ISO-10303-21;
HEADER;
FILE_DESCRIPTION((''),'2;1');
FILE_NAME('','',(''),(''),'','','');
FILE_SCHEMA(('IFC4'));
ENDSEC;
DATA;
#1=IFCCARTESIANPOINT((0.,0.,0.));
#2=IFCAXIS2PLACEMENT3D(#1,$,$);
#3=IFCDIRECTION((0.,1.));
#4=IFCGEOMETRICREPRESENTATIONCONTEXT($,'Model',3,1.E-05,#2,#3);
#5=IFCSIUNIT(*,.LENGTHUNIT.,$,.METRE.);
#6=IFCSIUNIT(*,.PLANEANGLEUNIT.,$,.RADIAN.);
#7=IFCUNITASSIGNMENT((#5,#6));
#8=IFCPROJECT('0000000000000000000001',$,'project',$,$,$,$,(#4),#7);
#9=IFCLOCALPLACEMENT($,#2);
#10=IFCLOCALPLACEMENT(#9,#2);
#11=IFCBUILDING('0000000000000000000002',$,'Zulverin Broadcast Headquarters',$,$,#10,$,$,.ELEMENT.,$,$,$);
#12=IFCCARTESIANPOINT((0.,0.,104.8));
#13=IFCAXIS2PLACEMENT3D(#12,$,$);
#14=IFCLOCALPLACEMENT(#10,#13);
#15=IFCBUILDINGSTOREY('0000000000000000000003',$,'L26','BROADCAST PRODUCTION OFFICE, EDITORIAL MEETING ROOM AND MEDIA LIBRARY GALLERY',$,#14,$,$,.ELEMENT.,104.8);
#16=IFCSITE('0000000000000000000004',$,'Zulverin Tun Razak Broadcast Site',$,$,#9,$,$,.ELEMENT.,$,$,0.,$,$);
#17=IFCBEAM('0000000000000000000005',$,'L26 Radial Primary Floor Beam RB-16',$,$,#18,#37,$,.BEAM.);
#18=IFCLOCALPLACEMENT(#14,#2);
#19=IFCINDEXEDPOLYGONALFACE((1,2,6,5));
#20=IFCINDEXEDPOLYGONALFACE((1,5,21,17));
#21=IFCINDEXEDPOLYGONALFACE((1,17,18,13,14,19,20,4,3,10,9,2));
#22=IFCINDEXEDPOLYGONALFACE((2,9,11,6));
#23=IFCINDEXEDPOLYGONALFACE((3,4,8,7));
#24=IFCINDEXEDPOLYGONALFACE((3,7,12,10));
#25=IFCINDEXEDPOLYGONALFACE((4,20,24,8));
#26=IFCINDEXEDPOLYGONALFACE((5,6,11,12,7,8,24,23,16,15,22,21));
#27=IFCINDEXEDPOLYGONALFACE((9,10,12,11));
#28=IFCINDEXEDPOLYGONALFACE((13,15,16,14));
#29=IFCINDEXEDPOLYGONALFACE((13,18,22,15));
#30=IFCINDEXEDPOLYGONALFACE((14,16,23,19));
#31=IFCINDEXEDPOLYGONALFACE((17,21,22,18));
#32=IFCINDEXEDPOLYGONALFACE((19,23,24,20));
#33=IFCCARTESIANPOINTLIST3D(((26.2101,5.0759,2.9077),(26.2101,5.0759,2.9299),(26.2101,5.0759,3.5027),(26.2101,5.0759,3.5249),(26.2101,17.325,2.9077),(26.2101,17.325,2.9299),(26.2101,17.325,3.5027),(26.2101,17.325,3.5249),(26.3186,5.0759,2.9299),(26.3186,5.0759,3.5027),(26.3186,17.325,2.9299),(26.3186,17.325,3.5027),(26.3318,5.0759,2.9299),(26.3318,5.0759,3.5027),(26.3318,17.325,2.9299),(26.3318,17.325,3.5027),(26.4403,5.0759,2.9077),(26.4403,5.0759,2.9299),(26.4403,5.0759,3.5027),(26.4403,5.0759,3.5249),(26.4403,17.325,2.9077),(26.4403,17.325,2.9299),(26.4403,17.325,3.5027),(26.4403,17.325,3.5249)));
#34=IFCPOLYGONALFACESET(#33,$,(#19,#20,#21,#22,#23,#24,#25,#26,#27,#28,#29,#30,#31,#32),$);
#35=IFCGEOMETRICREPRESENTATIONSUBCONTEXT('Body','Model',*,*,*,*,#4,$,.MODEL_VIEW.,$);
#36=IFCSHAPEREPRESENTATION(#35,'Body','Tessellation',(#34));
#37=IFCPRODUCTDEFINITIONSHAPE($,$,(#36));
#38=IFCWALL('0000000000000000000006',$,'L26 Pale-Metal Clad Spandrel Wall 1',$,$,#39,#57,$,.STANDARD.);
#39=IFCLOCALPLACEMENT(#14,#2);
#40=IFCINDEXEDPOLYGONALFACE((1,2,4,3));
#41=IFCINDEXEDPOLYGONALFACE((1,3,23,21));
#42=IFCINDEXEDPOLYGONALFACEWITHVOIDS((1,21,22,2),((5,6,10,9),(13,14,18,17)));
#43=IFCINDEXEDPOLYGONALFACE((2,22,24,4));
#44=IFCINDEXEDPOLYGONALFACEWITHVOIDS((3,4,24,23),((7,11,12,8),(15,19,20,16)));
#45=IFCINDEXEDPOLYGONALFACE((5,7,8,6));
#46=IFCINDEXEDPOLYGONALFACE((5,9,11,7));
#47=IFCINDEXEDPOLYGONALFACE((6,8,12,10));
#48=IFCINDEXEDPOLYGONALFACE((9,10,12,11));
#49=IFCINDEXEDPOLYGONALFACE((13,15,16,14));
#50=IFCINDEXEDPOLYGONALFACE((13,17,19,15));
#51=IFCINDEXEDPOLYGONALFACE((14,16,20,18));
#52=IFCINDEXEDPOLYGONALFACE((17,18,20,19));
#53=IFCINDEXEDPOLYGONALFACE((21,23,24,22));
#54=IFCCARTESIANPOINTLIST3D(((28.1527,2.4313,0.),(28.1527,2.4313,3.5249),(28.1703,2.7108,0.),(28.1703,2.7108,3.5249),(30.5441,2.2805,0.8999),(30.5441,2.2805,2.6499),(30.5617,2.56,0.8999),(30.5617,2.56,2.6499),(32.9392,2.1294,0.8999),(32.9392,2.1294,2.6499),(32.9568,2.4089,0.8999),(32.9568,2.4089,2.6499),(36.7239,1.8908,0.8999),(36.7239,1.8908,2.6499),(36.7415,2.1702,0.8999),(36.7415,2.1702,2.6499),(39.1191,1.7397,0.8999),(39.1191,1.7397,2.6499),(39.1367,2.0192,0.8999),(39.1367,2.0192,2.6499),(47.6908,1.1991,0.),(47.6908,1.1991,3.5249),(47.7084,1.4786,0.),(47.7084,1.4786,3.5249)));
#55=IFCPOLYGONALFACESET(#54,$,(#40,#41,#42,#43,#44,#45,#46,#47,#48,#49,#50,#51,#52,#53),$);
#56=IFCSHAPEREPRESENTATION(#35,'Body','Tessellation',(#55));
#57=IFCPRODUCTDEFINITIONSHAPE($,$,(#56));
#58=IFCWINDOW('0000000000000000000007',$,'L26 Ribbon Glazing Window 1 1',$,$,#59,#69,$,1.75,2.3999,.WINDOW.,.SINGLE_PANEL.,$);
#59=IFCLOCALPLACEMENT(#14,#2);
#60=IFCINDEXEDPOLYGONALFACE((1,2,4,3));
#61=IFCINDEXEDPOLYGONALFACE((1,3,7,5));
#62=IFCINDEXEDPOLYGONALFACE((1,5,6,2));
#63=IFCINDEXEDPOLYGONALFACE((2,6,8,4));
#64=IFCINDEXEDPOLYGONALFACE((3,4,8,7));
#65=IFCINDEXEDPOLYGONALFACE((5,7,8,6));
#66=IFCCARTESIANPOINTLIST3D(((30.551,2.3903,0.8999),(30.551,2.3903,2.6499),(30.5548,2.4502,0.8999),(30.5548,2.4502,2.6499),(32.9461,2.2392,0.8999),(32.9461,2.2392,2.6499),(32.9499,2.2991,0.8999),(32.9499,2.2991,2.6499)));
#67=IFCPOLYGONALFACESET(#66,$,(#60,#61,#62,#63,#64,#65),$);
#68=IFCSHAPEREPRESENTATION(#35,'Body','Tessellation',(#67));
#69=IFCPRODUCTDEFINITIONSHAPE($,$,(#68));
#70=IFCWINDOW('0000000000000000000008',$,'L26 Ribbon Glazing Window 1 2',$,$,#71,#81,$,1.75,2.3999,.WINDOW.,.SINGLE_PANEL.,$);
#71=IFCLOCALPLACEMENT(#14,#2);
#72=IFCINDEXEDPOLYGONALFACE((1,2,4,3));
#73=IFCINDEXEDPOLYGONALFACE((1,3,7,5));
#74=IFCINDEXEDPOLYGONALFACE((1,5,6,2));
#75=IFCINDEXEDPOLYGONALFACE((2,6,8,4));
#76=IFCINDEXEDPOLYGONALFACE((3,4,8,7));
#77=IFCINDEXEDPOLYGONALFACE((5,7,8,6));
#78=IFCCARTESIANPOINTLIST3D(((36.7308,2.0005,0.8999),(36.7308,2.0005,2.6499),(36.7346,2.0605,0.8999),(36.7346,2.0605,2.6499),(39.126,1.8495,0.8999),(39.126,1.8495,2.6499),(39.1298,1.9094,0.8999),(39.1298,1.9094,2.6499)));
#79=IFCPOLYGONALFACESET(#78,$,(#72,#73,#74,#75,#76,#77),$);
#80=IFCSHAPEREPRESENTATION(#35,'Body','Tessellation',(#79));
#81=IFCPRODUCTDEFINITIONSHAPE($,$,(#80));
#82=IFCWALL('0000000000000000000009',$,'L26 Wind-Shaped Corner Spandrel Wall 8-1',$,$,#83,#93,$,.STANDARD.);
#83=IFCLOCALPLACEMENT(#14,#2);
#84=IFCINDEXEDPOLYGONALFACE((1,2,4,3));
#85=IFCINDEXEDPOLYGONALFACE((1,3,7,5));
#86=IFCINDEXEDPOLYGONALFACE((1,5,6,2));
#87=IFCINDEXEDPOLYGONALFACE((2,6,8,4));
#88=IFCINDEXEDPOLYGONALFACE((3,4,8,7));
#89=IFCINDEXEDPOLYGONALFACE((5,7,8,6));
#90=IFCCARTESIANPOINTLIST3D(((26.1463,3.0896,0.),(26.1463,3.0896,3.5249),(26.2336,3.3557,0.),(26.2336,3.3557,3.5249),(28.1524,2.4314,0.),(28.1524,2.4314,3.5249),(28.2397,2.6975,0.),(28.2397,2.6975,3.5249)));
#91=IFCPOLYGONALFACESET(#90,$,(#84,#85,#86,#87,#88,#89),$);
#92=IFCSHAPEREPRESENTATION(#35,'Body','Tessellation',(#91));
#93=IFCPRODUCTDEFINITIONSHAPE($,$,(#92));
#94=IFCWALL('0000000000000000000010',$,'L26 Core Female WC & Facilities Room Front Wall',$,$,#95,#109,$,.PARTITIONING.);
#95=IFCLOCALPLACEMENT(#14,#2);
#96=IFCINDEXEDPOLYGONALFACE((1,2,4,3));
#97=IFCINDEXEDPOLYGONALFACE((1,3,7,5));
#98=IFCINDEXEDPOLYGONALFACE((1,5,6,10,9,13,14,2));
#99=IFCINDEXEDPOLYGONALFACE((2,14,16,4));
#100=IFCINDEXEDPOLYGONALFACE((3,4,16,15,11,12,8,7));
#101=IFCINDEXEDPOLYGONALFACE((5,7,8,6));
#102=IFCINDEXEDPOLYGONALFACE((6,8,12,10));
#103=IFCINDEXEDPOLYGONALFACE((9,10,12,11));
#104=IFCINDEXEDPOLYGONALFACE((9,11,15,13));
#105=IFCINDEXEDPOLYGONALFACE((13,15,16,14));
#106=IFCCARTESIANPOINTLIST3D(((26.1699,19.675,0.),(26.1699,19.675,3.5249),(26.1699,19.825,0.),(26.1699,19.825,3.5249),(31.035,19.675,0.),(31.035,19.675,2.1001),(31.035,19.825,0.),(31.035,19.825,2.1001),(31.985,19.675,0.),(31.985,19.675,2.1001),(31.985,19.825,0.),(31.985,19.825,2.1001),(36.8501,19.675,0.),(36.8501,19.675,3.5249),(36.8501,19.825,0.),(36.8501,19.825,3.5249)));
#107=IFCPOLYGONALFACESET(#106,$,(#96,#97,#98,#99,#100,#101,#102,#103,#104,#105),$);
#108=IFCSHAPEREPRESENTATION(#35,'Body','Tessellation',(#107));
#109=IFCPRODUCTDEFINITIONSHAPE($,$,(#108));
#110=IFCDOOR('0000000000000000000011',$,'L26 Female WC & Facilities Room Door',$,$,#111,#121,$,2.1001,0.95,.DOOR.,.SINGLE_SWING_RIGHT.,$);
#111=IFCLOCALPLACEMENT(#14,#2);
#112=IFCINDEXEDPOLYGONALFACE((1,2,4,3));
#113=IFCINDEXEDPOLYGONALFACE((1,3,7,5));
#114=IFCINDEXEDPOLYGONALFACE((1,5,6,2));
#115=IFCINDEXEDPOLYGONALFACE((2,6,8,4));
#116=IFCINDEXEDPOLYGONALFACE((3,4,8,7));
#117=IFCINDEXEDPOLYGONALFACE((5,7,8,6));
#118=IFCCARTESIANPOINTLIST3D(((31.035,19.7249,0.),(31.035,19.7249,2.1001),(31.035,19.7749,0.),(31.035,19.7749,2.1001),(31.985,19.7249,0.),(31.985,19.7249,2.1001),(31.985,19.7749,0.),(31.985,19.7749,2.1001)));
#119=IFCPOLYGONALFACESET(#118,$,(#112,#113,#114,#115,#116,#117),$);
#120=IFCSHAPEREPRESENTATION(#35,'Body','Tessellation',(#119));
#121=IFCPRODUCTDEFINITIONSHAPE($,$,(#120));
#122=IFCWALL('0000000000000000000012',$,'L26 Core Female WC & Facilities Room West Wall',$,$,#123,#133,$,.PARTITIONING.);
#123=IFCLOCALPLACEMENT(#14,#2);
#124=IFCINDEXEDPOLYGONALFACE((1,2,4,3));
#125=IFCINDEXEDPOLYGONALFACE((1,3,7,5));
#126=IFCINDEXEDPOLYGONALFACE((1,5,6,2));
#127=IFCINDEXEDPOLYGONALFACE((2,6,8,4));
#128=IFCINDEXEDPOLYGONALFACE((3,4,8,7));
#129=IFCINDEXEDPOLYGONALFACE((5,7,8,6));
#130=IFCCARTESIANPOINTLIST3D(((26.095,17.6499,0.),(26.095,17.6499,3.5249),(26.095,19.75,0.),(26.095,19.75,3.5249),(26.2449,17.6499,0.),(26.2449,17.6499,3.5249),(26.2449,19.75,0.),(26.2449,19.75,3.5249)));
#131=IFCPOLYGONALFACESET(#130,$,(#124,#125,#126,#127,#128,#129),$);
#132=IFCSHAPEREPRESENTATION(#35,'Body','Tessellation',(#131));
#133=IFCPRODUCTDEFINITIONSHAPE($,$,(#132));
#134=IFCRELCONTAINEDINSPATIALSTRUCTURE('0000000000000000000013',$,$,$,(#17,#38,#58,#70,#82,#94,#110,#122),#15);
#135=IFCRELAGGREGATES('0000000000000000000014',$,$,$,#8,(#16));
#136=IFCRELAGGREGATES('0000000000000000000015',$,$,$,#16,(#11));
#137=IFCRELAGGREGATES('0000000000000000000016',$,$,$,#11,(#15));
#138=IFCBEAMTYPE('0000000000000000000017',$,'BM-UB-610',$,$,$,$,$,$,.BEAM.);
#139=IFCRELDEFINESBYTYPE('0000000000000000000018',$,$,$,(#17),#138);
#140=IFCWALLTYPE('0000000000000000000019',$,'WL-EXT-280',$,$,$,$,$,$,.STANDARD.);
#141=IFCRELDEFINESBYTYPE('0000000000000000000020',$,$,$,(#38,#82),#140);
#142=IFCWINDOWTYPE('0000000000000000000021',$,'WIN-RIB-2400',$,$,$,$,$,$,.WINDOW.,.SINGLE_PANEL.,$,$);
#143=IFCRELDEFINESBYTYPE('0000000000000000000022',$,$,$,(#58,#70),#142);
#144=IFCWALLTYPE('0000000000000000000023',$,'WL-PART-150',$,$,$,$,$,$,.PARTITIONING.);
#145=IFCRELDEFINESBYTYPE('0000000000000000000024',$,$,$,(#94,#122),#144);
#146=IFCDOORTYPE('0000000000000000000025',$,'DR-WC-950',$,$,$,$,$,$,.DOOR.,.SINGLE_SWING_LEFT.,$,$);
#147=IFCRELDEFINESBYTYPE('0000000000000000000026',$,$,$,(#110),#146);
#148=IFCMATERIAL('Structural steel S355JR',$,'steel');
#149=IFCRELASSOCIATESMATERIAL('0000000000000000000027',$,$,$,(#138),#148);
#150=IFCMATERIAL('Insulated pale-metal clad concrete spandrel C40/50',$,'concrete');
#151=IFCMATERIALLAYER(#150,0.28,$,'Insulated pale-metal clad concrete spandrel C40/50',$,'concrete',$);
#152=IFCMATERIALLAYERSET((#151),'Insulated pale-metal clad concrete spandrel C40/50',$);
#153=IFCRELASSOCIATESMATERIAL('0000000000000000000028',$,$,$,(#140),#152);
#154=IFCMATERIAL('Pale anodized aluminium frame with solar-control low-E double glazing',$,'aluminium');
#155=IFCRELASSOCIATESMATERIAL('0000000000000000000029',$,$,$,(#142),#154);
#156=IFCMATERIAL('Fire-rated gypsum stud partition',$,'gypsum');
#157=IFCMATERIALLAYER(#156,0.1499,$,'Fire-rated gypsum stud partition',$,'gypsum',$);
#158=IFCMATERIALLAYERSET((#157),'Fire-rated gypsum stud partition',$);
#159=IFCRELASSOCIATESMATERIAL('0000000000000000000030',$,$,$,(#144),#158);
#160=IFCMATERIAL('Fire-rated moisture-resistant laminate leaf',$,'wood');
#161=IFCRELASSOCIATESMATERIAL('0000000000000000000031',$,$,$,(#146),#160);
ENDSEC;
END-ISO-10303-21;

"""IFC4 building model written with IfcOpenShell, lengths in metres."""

from ifc_helpers import new_model, si_unit, direction, frame, frame_2d, origin, origin_2d, place, context, subcontext, project, spatial, rectangle, i_section, extrude, material, layer, layer_set, material_profile, profile_set, type_object, element, fill, save


model = new_model("IFC4")

# Units and contexts
model_context = context("Model", 3, precision=1e-05, world=origin(), true_north=direction((0.0, 1.0)))
body_context = subcontext(model_context, "Body", "Model", "MODEL_VIEW")
ifc_project = project(units=[si_unit("LENGTHUNIT", "METRE"), si_unit("PLANEANGLEUNIT", "RADIAN")], contexts=[model_context])

# Site, building, storey
site_placement = place(None, origin())
site = spatial("IfcSite", under=ifc_project, at=site_placement, Name="Zulverin Tun Razak Broadcast Site", CompositionType="ELEMENT", RefElevation=0.0)
building_placement = place(site_placement, origin())
building = spatial("IfcBuilding", under=site, at=building_placement, Name="Zulverin Broadcast Headquarters", CompositionType="ELEMENT")
storey_placement = place(building_placement, frame((0.0, 0.0, 104.8)))
storey = spatial("IfcBuildingStorey", under=building, at=storey_placement, Name="L26", Description="BROADCAST PRODUCTION OFFICE, EDITORIAL MEETING ROOM AND MEDIA LIBRARY GALLERY", CompositionType="ELEMENT", Elevation=104.8)

# Beam
ifc_material_1 = material(Name="Structural steel S355JR", Category="steel")
ifc_material_profile_1 = material_profile(ifc_material_1, i_section(OverallWidth=0.2302, OverallDepth=0.6172, WebThickness=0.0132, FlangeThickness=0.0222, at=origin_2d()), Name="Structural steel S355JR", Category="steel")
ifc_profile_set_1 = profile_set([ifc_material_profile_1], Name="Structural steel S355JR")
beam_type_1 = type_object("IfcBeamType", Name="BM-UB-610", PredefinedType="BEAM", material=ifc_profile_set_1)
beam_1_placement = place(storey_placement, frame((26.3252, 17.325, 3.2163), z_axis=(0.0, -1.0, 0.0), x_axis=(1.0, 0.0, 0.0)))
element("IfcBeam", 1, at=beam_1_placement, inside=storey, type_object=beam_type_1, Name="L26 Radial Primary Floor Beam RB-16", PredefinedType="BEAM", context=body_context, shape_type="SweptSolid", body=[
    extrude(i_section(OverallWidth=0.2302, OverallDepth=0.6172, WebThickness=0.0132, FlangeThickness=0.0222, at=origin_2d()), origin(), (0.0, 0.0, 1.0), 12.249),
])

# Wall, openings, windows
ifc_material_2 = material(Name="Insulated pale-metal clad concrete spandrel C40/50", Category="concrete")
ifc_layer_1 = layer(ifc_material_2, 0.28, Name="Insulated pale-metal clad concrete spandrel C40/50", Category="concrete")
ifc_layer_set_1 = layer_set([ifc_layer_1], Name="Insulated pale-metal clad concrete spandrel C40/50")
wall_type_1 = type_object("IfcWallType", Name="WL-EXT-280", PredefinedType="STANDARD", material=ifc_layer_set_1)
wall_1_placement = place(storey_placement, frame((28.1614, 2.571, 0.0), z_axis=(0.0, 0.0, 1.0), x_axis=(0.998017, -0.06294, 0.0)))
wall_1 = element("IfcWall", 2, at=wall_1_placement, inside=storey, type_object=wall_type_1, Name="L26 Pale-Metal Clad Spandrel Wall 1", PredefinedType="STANDARD", context=body_context, shape_type="SweptSolid", body=[
    extrude(rectangle(XDim=19.5769, YDim=0.28, at=frame_2d((9.7886, 0.0))), origin(), (0.0, 0.0, 1.0), 3.5249),
])
opening_1_placement = place(wall_1_placement, frame((2.3962, 0.0, 0.8999)))
opening_1 = element("IfcOpeningElement", 3, at=opening_1_placement, cuts=wall_1, PredefinedType="OPENING", context=body_context, shape_type="SweptSolid", body=[
    extrude(rectangle(XDim=2.3999, YDim=1.75, at=frame_2d((1.2, 0.875))), frame((0.0, 0.1499, 0.0), z_axis=(0.0, -1.0, 0.0), x_axis=(1.0, 0.0, 0.0)), (0.0, 0.0, 1.0), 0.3),
])
opening_2_placement = place(wall_1_placement, frame((8.5884, 0.0, 0.8999)))
opening_2 = element("IfcOpeningElement", 4, at=opening_2_placement, cuts=wall_1, PredefinedType="OPENING", context=body_context, shape_type="SweptSolid", body=[
    extrude(rectangle(XDim=2.3999, YDim=1.75, at=frame_2d((1.2, 0.875))), frame((0.0, 0.1499, 0.0), z_axis=(0.0, -1.0, 0.0), x_axis=(1.0, 0.0, 0.0)), (0.0, 0.0, 1.0), 0.3),
])
ifc_material_3 = material(Name="Pale anodized aluminium frame with solar-control low-E double glazing", Category="aluminium")
window_type = type_object("IfcWindowType", Name="WIN-RIB-2400", PartitioningType="SINGLE_PANEL", PredefinedType="WINDOW", material=ifc_material_3)
window_1_placement = place(opening_1_placement, origin())
window_1 = element("IfcWindow", 5, at=window_1_placement, inside=storey, type_object=window_type, Name="L26 Ribbon Glazing Window 1 1", OverallHeight=1.75, OverallWidth=2.3999, PartitioningType="SINGLE_PANEL", PredefinedType="WINDOW", context=body_context, shape_type="SweptSolid", body=[
    extrude(rectangle(XDim=2.3999, YDim=1.75, at=frame_2d((1.2, 0.875))), frame((0.0, 0.03, 0.0), z_axis=(0.0, -1.0, 0.0), x_axis=(1.0, 0.0, 0.0)), (0.0, 0.0, 1.0), 0.0601),
])
fill(opening_1, window_1)
window_2_placement = place(opening_2_placement, origin())
window_2 = element("IfcWindow", 6, at=window_2_placement, inside=storey, type_object=window_type, Name="L26 Ribbon Glazing Window 1 2", OverallHeight=1.75, OverallWidth=2.3999, PartitioningType="SINGLE_PANEL", PredefinedType="WINDOW", context=body_context, shape_type="SweptSolid", body=[
    extrude(rectangle(XDim=2.3999, YDim=1.75, at=frame_2d((1.2, 0.875))), frame((0.0, 0.03, 0.0), z_axis=(0.0, -1.0, 0.0), x_axis=(1.0, 0.0, 0.0)), (0.0, 0.0, 1.0), 0.0601),
])
fill(opening_2, window_2)

# Wall
wall_2_placement = place(storey_placement, frame((26.1899, 3.2227, 0.0), z_axis=(0.0, 0.0, 1.0), x_axis=(0.950164, -0.311749, 0.0)))
element("IfcWall", 7, at=wall_2_placement, inside=storey, type_object=wall_type_1, Name="L26 Wind-Shaped Corner Spandrel Wall 8-1", PredefinedType="STANDARD", context=body_context, shape_type="SweptSolid", body=[
    extrude(rectangle(XDim=2.1113, YDim=0.28, at=frame_2d((1.0557, 0.0))), origin(), (0.0, 0.0, 1.0), 3.5249),
])

# Wall, opening, door
ifc_material_4 = material(Name="Fire-rated gypsum stud partition", Category="gypsum")
ifc_layer_2 = layer(ifc_material_4, 0.1499, Name="Fire-rated gypsum stud partition", Category="gypsum")
ifc_layer_set_2 = layer_set([ifc_layer_2], Name="Fire-rated gypsum stud partition")
wall_type_2 = type_object("IfcWallType", Name="WL-PART-150", PredefinedType="PARTITIONING", material=ifc_layer_set_2)
wall_3_placement = place(storey_placement, frame((26.1699, 19.75, 0.0), z_axis=(0.0, 0.0, 1.0), x_axis=(1.0, 0.0, 0.0)))
wall_3 = element("IfcWall", 8, at=wall_3_placement, inside=storey, type_object=wall_type_2, Name="L26 Core Female WC & Facilities Room Front Wall", PredefinedType="PARTITIONING", context=body_context, shape_type="SweptSolid", body=[
    extrude(rectangle(XDim=10.6802, YDim=0.1499, at=frame_2d((5.3401, 0.0))), origin(), (0.0, 0.0, 1.0), 3.5249),
])
opening_3_placement = place(wall_3_placement, frame((4.865, 0.0, 0.0)))
opening_3 = element("IfcOpeningElement", 9, at=opening_3_placement, cuts=wall_3, PredefinedType="OPENING", context=body_context, shape_type="SweptSolid", body=[
    extrude(rectangle(XDim=0.95, YDim=2.1001, at=frame_2d((0.4751, 1.05))), frame((0.0, 0.085, 0.0), z_axis=(0.0, -1.0, 0.0), x_axis=(1.0, 0.0, 0.0)), (0.0, 0.0, 1.0), 0.1699),
])
ifc_material_5 = material(Name="Fire-rated moisture-resistant laminate leaf", Category="wood")
door_type_1 = type_object("IfcDoorType", Name="DR-WC-950", OperationType="SINGLE_SWING_LEFT", PredefinedType="DOOR", material=ifc_material_5)
door_1_placement = place(opening_3_placement, origin())
door_1 = element("IfcDoor", 10, at=door_1_placement, inside=storey, type_object=door_type_1, Name="L26 Female WC & Facilities Room Door", OperationType="SINGLE_SWING_RIGHT", OverallHeight=2.1001, OverallWidth=0.95, PredefinedType="DOOR", context=body_context, shape_type="SweptSolid", body=[
    extrude(rectangle(XDim=0.95, YDim=2.1001, at=frame_2d((0.4751, 1.05))), frame((0.0, 0.0249, 0.0), z_axis=(0.0, -1.0, 0.0), x_axis=(1.0, 0.0, 0.0)), (0.0, 0.0, 1.0), 0.05),
])
fill(opening_3, door_1)

# Wall
wall_4_placement = place(storey_placement, frame((26.1699, 17.6499, 0.0), z_axis=(0.0, 0.0, 1.0), x_axis=(0.0, 1.0, 0.0)))
element("IfcWall", 11, at=wall_4_placement, inside=storey, type_object=wall_type_2, Name="L26 Core Female WC & Facilities Room West Wall", PredefinedType="PARTITIONING", context=body_context, shape_type="SweptSolid", body=[
    extrude(rectangle(XDim=2.1001, YDim=0.1499, at=frame_2d((1.05, 0.0))), origin(), (0.0, 0.0, 1.0), 3.5249),
])

save(model, "model.ifc")
